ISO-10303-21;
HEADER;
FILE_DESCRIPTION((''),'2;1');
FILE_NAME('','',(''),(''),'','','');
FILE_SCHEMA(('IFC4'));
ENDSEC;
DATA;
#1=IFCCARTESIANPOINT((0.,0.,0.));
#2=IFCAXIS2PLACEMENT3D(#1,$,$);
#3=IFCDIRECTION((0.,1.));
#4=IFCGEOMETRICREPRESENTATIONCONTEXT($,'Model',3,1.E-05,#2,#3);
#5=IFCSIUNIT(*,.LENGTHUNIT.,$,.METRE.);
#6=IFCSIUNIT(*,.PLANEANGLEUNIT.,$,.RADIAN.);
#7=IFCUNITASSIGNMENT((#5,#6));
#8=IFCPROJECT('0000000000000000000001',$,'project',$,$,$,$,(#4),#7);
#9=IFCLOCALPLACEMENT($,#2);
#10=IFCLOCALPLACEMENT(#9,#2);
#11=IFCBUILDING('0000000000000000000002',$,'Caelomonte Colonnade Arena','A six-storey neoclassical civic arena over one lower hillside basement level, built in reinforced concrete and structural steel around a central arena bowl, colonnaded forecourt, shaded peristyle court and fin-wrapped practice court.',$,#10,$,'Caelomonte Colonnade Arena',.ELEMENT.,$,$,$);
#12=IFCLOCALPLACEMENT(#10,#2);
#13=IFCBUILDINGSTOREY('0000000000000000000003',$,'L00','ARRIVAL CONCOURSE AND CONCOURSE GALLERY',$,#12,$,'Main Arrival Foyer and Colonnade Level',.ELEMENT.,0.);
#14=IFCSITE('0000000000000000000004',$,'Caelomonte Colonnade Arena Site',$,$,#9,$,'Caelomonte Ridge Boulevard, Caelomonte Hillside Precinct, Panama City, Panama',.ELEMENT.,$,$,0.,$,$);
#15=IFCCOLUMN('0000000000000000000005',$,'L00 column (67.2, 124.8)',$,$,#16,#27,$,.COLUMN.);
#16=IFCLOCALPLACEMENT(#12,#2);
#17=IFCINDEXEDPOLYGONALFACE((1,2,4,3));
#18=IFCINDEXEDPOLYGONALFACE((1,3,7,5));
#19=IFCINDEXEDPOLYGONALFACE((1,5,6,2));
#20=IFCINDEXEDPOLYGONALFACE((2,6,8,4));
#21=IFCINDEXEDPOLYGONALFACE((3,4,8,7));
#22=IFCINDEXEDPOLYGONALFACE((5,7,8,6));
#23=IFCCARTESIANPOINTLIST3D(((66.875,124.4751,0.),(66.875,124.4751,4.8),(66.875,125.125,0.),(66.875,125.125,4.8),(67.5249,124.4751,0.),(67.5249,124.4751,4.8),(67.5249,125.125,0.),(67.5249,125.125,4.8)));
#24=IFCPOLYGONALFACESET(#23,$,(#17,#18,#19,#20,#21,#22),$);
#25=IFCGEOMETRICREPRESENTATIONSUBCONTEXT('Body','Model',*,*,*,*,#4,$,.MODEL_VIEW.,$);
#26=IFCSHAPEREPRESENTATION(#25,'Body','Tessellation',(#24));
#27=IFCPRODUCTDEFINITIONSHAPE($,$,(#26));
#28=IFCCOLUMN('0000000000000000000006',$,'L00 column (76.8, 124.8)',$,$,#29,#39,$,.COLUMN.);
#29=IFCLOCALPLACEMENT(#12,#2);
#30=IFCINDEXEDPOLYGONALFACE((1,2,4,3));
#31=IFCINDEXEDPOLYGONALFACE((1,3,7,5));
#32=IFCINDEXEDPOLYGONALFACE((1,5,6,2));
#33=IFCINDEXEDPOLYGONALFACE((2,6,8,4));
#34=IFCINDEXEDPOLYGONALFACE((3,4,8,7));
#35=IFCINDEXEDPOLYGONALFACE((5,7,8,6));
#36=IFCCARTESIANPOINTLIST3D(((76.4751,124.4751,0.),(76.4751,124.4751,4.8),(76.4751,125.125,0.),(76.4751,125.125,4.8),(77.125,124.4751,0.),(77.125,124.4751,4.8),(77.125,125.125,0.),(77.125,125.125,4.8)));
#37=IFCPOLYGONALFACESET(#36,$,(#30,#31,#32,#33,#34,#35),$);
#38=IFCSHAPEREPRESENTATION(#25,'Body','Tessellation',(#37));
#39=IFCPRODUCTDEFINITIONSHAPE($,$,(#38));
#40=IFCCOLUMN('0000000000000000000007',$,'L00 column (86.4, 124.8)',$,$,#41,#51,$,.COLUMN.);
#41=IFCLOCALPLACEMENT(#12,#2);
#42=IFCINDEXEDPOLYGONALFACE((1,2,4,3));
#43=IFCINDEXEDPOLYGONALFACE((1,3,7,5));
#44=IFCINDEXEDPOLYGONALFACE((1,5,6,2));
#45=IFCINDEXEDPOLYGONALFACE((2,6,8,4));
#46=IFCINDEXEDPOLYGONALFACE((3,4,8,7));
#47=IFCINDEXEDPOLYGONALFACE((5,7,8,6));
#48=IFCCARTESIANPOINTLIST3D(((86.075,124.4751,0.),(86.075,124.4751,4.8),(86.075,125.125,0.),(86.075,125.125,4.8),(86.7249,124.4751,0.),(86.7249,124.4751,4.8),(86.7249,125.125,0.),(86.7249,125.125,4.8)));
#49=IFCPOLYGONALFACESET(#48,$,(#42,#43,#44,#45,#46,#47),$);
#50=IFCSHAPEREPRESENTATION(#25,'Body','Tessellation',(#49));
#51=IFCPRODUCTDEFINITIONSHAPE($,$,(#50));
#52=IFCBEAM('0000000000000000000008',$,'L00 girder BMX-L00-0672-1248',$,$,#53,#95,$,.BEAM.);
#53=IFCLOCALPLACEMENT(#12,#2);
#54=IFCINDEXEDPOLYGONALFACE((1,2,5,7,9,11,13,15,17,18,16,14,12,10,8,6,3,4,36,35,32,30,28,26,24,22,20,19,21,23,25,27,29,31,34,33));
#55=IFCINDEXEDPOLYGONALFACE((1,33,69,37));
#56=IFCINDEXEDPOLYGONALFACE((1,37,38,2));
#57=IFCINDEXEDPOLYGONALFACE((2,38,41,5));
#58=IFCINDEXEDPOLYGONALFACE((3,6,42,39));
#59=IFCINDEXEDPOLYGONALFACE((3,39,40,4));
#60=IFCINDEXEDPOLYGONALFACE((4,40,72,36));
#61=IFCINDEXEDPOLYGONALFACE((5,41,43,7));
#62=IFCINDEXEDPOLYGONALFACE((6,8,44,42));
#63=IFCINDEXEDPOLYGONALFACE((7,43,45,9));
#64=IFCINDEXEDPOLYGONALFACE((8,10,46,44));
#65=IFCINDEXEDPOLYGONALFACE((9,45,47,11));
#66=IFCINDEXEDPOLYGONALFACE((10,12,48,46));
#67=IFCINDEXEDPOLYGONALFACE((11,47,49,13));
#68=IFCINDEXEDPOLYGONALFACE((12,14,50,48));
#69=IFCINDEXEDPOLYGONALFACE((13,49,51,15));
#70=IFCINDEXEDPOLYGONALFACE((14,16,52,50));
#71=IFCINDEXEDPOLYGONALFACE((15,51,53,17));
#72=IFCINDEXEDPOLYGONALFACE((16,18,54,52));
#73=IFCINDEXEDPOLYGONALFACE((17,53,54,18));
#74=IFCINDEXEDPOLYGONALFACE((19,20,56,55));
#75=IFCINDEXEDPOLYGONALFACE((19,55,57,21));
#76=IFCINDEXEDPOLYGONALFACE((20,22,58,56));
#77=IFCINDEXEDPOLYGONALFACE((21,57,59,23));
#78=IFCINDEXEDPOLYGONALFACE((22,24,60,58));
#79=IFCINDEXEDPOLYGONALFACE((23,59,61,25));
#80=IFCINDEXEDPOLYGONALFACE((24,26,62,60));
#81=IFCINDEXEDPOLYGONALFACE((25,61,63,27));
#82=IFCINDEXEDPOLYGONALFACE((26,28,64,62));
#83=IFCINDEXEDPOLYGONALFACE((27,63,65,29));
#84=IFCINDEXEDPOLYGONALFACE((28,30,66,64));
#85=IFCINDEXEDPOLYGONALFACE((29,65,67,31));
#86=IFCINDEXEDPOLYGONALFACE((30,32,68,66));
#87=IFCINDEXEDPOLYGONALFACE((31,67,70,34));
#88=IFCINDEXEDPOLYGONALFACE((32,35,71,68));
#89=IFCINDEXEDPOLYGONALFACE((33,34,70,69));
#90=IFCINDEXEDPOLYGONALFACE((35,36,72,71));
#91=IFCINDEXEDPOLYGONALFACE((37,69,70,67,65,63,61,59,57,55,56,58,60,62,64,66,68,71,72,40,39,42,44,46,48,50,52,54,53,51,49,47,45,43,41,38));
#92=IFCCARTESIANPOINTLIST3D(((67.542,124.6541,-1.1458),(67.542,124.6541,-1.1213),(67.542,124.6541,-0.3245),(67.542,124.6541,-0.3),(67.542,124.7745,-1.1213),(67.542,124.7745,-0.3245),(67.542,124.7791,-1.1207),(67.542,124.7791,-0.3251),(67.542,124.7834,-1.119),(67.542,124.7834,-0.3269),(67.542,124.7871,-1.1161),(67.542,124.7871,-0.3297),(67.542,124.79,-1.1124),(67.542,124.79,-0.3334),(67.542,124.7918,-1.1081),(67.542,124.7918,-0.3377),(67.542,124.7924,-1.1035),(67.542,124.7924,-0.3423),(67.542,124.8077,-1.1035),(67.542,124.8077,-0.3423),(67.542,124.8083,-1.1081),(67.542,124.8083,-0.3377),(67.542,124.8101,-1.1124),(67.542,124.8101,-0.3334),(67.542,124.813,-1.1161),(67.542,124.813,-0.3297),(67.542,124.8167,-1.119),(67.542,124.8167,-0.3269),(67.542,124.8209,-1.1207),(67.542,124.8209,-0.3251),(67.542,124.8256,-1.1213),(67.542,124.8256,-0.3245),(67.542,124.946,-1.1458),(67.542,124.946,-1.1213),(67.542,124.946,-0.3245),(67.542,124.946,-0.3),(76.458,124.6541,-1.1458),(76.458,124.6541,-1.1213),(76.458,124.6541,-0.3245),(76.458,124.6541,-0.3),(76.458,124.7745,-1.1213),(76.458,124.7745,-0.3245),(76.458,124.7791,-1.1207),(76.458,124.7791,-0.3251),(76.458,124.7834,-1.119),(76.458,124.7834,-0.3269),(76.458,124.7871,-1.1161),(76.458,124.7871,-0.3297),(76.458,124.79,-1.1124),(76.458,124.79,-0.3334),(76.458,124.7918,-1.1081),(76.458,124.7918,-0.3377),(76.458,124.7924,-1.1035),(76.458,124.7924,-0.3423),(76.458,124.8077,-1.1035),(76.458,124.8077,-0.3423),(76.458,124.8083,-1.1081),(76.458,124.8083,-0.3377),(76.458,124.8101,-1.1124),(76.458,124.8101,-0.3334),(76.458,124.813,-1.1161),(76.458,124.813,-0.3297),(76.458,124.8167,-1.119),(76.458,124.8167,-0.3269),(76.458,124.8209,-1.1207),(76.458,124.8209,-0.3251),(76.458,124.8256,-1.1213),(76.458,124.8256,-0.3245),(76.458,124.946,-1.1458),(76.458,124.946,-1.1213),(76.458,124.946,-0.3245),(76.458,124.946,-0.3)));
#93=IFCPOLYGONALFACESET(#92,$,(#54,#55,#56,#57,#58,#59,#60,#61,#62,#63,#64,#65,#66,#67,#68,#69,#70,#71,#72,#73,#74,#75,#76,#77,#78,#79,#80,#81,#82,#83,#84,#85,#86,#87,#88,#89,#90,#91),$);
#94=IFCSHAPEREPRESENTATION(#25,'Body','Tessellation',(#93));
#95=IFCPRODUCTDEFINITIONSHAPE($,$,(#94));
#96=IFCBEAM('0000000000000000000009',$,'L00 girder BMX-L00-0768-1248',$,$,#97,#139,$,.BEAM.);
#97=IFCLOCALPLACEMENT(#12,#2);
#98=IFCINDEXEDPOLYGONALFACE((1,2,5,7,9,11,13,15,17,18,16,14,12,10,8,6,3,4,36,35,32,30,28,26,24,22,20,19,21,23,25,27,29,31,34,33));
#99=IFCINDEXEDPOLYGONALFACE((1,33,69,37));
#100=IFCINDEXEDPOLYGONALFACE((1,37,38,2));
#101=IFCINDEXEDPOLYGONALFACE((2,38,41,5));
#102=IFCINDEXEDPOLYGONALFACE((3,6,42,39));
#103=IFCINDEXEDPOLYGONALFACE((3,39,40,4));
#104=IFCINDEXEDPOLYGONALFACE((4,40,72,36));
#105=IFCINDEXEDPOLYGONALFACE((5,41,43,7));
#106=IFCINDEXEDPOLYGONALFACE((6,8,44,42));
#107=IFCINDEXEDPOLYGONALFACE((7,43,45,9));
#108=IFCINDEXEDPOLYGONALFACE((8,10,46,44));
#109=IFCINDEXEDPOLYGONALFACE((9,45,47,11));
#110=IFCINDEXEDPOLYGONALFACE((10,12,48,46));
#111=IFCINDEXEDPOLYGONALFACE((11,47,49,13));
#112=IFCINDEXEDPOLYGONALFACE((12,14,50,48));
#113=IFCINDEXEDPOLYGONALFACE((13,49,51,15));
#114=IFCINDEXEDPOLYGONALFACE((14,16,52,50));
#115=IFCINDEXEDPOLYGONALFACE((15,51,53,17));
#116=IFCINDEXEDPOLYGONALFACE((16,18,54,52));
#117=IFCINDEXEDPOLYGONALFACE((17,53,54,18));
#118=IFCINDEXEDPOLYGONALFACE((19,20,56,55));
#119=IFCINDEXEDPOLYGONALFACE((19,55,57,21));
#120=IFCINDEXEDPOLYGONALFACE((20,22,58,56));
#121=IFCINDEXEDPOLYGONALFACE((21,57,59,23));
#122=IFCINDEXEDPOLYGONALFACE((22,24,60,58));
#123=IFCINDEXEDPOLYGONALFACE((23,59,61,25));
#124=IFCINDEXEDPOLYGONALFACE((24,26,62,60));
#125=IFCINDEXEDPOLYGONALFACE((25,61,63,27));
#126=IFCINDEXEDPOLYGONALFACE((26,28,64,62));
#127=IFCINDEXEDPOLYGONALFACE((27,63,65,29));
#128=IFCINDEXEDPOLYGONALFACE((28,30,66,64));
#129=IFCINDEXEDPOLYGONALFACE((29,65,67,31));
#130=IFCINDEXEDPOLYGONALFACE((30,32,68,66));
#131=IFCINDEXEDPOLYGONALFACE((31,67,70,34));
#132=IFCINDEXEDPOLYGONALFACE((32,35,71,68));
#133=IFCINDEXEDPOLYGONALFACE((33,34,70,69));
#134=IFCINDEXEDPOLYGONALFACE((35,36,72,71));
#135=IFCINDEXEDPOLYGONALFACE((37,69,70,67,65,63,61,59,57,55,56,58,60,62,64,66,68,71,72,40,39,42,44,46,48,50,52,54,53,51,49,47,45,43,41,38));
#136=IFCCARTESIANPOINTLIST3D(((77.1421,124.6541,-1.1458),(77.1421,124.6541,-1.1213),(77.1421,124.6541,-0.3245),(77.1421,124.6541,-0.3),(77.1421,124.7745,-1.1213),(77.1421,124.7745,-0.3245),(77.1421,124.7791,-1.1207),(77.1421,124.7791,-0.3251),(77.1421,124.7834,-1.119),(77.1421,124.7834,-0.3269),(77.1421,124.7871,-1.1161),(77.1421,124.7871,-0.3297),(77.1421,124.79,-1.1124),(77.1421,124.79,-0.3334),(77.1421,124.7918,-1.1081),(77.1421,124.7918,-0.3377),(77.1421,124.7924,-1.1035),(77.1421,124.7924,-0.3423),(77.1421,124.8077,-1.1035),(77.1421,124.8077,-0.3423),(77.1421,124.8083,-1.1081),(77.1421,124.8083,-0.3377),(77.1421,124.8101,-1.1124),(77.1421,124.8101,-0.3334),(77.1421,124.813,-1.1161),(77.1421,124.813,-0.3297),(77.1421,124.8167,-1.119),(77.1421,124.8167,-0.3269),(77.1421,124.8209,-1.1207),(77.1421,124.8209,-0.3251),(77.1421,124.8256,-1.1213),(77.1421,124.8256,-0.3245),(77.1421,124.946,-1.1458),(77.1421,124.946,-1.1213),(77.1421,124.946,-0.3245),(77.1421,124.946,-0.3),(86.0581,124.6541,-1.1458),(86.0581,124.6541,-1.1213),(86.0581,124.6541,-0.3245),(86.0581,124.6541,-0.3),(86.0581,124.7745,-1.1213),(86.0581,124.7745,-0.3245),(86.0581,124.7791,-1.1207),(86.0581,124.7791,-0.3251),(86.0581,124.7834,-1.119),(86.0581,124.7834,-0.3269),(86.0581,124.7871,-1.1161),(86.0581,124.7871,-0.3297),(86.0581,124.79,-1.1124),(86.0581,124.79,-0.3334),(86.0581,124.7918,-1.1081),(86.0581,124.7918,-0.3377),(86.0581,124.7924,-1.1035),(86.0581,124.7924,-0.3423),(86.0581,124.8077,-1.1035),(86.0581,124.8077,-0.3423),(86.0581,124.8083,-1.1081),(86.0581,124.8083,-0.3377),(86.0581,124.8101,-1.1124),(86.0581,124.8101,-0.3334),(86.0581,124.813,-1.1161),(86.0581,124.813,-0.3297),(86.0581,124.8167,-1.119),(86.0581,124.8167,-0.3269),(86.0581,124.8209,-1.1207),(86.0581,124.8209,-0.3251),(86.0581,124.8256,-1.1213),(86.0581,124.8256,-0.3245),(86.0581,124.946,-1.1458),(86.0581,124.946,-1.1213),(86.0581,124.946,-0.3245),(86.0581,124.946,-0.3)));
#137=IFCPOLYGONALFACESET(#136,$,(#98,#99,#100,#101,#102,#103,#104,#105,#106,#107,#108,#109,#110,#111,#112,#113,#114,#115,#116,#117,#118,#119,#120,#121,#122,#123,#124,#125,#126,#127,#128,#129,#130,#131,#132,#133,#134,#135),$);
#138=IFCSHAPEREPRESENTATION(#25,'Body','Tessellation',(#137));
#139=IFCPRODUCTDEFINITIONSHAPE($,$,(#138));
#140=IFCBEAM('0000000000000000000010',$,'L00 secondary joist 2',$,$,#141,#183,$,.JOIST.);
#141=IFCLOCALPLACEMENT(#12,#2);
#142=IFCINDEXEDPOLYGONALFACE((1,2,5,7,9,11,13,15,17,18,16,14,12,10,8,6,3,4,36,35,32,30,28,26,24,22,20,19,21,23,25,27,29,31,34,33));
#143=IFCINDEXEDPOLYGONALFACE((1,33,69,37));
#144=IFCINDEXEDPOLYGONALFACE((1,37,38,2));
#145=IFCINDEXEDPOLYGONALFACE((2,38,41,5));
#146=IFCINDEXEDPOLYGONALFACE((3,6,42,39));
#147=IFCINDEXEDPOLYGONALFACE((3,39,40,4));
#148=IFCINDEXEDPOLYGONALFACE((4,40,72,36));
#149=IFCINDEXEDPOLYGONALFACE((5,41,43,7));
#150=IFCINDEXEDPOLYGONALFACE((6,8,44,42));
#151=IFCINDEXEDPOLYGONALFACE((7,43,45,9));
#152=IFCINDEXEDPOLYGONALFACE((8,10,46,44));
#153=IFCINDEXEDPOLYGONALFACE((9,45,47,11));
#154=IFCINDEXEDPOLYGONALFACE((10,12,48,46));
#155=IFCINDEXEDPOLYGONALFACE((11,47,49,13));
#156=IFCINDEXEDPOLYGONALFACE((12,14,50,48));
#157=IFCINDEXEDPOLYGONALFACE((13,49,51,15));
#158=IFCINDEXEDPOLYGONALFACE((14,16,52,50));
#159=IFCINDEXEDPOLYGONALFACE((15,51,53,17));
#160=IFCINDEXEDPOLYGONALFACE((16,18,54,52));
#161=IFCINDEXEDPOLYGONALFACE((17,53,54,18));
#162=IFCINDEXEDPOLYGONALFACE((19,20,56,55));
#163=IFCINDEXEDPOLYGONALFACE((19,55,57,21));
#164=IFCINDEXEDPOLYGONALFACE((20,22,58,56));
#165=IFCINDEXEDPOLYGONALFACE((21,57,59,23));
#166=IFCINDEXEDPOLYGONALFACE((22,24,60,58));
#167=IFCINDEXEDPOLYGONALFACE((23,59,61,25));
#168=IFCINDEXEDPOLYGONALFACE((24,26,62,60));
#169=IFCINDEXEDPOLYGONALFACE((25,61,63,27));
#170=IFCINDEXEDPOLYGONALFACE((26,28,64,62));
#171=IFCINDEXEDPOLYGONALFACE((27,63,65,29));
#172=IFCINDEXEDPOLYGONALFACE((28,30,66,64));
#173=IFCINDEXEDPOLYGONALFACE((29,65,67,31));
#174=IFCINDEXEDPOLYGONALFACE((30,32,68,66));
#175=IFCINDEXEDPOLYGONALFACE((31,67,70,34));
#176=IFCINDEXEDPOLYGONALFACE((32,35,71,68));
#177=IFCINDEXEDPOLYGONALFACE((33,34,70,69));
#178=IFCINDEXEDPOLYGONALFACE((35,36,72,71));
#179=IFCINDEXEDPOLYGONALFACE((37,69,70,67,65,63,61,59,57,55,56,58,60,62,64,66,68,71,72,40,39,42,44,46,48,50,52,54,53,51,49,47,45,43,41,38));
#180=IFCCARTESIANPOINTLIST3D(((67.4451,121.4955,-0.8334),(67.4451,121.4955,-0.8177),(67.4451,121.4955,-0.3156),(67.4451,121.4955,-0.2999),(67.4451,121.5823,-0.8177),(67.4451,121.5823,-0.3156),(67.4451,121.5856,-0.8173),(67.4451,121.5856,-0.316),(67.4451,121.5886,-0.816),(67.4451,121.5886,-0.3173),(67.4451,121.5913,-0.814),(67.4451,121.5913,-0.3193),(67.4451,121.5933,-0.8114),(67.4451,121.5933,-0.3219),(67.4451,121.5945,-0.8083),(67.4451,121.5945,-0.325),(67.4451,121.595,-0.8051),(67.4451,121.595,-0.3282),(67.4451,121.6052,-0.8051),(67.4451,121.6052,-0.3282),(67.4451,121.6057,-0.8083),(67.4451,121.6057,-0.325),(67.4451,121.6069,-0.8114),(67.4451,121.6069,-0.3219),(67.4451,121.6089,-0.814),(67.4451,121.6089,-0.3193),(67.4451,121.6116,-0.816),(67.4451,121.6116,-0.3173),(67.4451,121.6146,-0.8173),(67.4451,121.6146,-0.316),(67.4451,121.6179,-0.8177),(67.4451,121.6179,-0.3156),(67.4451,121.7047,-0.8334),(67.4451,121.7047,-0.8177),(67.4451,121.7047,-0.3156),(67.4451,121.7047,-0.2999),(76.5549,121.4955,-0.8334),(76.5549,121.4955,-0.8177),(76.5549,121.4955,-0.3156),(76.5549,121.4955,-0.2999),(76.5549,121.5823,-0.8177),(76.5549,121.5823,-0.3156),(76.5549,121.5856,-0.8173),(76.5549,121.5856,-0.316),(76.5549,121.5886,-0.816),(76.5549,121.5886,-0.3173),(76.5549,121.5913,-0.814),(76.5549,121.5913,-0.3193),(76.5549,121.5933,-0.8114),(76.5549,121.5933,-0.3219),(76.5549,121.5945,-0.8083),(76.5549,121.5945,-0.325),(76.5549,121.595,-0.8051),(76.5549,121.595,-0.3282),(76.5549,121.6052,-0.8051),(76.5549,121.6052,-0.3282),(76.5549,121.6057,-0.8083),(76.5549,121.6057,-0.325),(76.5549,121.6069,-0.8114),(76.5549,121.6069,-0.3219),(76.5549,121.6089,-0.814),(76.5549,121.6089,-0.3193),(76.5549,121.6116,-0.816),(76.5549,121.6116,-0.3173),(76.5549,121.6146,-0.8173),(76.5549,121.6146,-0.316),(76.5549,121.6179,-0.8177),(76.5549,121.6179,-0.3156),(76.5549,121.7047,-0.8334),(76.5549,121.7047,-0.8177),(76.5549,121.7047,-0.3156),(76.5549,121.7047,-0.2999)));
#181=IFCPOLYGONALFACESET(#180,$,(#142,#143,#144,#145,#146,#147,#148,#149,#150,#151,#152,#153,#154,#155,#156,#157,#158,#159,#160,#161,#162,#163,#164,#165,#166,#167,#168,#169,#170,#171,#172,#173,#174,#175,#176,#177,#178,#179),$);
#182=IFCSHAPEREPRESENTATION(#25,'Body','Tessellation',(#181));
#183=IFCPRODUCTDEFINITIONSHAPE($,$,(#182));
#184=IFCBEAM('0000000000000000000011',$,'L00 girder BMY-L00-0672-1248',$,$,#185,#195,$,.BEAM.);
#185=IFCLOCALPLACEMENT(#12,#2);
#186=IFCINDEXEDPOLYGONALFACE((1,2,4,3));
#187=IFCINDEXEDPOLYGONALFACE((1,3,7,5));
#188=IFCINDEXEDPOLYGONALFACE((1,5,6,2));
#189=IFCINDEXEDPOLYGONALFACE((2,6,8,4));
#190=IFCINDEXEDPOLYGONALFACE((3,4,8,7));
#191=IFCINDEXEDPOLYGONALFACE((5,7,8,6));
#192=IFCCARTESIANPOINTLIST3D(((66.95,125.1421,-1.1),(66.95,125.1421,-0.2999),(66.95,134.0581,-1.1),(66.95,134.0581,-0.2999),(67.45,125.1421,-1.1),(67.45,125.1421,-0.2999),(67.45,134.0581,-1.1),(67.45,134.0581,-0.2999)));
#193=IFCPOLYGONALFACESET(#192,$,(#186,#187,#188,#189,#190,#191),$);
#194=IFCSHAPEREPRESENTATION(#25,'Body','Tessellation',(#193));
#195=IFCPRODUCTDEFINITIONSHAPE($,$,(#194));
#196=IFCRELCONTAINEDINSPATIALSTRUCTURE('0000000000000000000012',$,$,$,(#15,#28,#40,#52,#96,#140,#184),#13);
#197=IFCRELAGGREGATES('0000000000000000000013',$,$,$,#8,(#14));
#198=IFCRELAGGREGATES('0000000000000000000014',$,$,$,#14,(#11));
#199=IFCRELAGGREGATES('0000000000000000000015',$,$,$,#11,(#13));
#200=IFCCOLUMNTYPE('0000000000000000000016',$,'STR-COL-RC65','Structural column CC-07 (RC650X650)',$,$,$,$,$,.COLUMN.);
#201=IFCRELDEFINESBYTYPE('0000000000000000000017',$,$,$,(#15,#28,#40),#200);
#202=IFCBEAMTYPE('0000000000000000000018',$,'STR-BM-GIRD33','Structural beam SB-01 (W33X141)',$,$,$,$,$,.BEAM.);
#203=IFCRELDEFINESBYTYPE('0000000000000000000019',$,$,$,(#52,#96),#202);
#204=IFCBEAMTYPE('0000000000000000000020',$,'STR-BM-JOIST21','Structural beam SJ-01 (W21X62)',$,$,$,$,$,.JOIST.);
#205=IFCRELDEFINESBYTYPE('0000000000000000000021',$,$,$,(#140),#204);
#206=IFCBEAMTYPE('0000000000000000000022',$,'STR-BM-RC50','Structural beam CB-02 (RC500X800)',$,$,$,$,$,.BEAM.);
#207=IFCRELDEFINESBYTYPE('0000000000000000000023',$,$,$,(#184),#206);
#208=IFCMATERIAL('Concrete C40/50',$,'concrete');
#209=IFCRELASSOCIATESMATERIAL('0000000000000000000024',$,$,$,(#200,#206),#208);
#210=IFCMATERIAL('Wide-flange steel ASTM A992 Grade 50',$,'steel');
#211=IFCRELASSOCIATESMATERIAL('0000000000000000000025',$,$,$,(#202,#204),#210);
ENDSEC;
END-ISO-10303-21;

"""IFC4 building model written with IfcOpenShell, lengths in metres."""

from ifc_helpers import new_model, si_unit, direction, frame, origin, origin_2d, place, context, subcontext, project, spatial, rectangle, i_section, extrude, material, material_profile, profile_set, type_object, element, save


model = new_model("IFC4")

# Units and contexts
model_context = context("Model", 3, precision=1e-05, world=origin(), true_north=direction((0.0, 1.0)))
body_context = subcontext(model_context, "Body", "Model", "MODEL_VIEW")
ifc_project = project(units=[si_unit("LENGTHUNIT", "METRE"), si_unit("PLANEANGLEUNIT", "RADIAN")], contexts=[model_context])

# Site, building, storey
site_placement = place(None, origin())
site = spatial("IfcSite", under=ifc_project, at=site_placement, Name="Caelomonte Colonnade Arena Site", LongName="Caelomonte Ridge Boulevard, Caelomonte Hillside Precinct, Panama City, Panama", CompositionType="ELEMENT", RefElevation=0.0)
building_placement = place(site_placement, origin())
building = spatial("IfcBuilding", under=site, at=building_placement, Name="Caelomonte Colonnade Arena", Description="A six-storey neoclassical civic arena over one lower hillside basement level, built in reinforced concrete and structural steel around a central arena bowl, colonnaded forecourt, shaded peristyle court and fin-wrapped practice court.", LongName="Caelomonte Colonnade Arena", CompositionType="ELEMENT")
storey_placement = place(building_placement, origin())
storey = spatial("IfcBuildingStorey", under=building, at=storey_placement, Name="L00", Description="ARRIVAL CONCOURSE AND CONCOURSE GALLERY", LongName="Main Arrival Foyer and Colonnade Level", CompositionType="ELEMENT", Elevation=0.0)

# Columns
ifc_material_1 = material(Name="Concrete C40/50", Category="concrete")
ifc_material_profile_1 = material_profile(ifc_material_1, rectangle(XDim=0.6499, YDim=0.6499, at=origin_2d()), Name="RC650X650")
ifc_profile_set_1 = profile_set([ifc_material_profile_1], Name="Concrete C40/50")
column_type = type_object("IfcColumnType", Name="STR-COL-RC65", Description="Structural column CC-07 (RC650X650)", PredefinedType="COLUMN", material=ifc_profile_set_1)
for number, where, z_axis, x_axis, name in (
    (1, (67.2, 124.8, 0.0), (0.0, 0.0, 1.0), (1.0, 0.0, 0.0), "L00 column (67.2, 124.8)"),
    (2, (76.8, 124.8, 0.0), (0.0, 0.0, 1.0), (1.0, 0.0, 0.0), "L00 column (76.8, 124.8)"),
    (3, (86.3999, 124.8, 0.0), (0.0, 0.0, 1.0), (1.0, 0.0, 0.0), "L00 column (86.4, 124.8)"),
):
    element("IfcColumn", number, at=place(storey_placement, frame(where, z_axis=z_axis, x_axis=x_axis)), inside=storey, type_object=column_type, Name=name, PredefinedType="COLUMN", context=body_context, shape_type="SweptSolid", body=[
        extrude(rectangle(XDim=0.6499, YDim=0.6499, at=origin_2d()), origin(), (0.0, 0.0, 1.0), 4.8),
    ])

# Beams
ifc_material_2 = material(Name="Wide-flange steel ASTM A992 Grade 50", Category="steel")
ifc_material_profile_2 = material_profile(ifc_material_2, i_section(OverallWidth=0.292, OverallDepth=0.8457, WebThickness=0.0154, FlangeThickness=0.0244, FilletRadius=0.0178, at=origin_2d()), Name="W33X141")
ifc_profile_set_2 = profile_set([ifc_material_profile_2], Name="Wide-flange steel ASTM A992 Grade 50")
beam_type_1 = type_object("IfcBeamType", Name="STR-BM-GIRD33", Description="Structural beam SB-01 (W33X141)", PredefinedType="BEAM", material=ifc_profile_set_2)
for number, where, z_axis, x_axis, name in (
    (4, (67.542, 124.8, -0.7229), (1.0, 0.0, 0.0), (0.0, 1.0, 0.0), "L00 girder BMX-L00-0672-1248"),
    (5, (77.1421, 124.8, -0.7229), (1.0, 0.0, 0.0), (0.0, 1.0, 0.0), "L00 girder BMX-L00-0768-1248"),
):
    element("IfcBeam", number, at=place(storey_placement, frame(where, z_axis=z_axis, x_axis=x_axis)), inside=storey, type_object=beam_type_1, Name=name, PredefinedType="BEAM", context=body_context, shape_type="SweptSolid", body=[
        extrude(i_section(OverallWidth=0.292, OverallDepth=0.8457, WebThickness=0.0154, FlangeThickness=0.0244, FilletRadius=0.0178, at=origin_2d()), origin(), (0.0, 0.0, 1.0), 8.916),
    ])
ifc_material_profile_3 = material_profile(ifc_material_2, i_section(OverallWidth=0.2092, OverallDepth=0.5334, WebThickness=0.0103, FlangeThickness=0.0156, FilletRadius=0.0127, at=origin_2d()), Name="W21X62")
ifc_profile_set_3 = profile_set([ifc_material_profile_3], Name="Wide-flange steel ASTM A992 Grade 50")
beam_type_2 = type_object("IfcBeamType", Name="STR-BM-JOIST21", Description="Structural beam SJ-01 (W21X62)", PredefinedType="JOIST", material=ifc_profile_set_3)
beam_placement = place(storey_placement, frame((67.4451, 121.6001, -0.5667), z_axis=(1.0, 0.0, 0.0), x_axis=(0.0, 1.0, 0.0)))
element("IfcBeam", 6, at=beam_placement, inside=storey, type_object=beam_type_2, Name="L00 secondary joist 2", PredefinedType="JOIST", context=body_context, shape_type="SweptSolid", body=[
    extrude(i_section(OverallWidth=0.2092, OverallDepth=0.5334, WebThickness=0.0103, FlangeThickness=0.0156, FilletRadius=0.0127, at=origin_2d()), origin(), (0.0, 0.0, 1.0), 9.1099),
])
ifc_material_profile_4 = material_profile(ifc_material_1, rectangle(XDim=0.5, YDim=0.8, at=origin_2d()), Name="RC500X800")
ifc_profile_set_4 = profile_set([ifc_material_profile_4], Name="Concrete C40/50")
beam_type_3 = type_object("IfcBeamType", Name="STR-BM-RC50", Description="Structural beam CB-02 (RC500X800)", PredefinedType="BEAM", material=ifc_profile_set_4)
for number, where, z_axis, x_axis, name in (
    (7, (67.2, 125.1421, -0.7), (0.0, 1.0, 0.0), (-1.0, 0.0, 0.0), "L00 girder BMY-L00-0672-1248"),
):
    element("IfcBeam", number, at=place(storey_placement, frame(where, z_axis=z_axis, x_axis=x_axis)), inside=storey, type_object=beam_type_3, Name=name, PredefinedType="BEAM", context=body_context, shape_type="SweptSolid", body=[
        extrude(rectangle(XDim=0.5, YDim=0.8, at=origin_2d()), origin(), (0.0, 0.0, 1.0), 8.916),
    ])

save(model, "model.ifc")
